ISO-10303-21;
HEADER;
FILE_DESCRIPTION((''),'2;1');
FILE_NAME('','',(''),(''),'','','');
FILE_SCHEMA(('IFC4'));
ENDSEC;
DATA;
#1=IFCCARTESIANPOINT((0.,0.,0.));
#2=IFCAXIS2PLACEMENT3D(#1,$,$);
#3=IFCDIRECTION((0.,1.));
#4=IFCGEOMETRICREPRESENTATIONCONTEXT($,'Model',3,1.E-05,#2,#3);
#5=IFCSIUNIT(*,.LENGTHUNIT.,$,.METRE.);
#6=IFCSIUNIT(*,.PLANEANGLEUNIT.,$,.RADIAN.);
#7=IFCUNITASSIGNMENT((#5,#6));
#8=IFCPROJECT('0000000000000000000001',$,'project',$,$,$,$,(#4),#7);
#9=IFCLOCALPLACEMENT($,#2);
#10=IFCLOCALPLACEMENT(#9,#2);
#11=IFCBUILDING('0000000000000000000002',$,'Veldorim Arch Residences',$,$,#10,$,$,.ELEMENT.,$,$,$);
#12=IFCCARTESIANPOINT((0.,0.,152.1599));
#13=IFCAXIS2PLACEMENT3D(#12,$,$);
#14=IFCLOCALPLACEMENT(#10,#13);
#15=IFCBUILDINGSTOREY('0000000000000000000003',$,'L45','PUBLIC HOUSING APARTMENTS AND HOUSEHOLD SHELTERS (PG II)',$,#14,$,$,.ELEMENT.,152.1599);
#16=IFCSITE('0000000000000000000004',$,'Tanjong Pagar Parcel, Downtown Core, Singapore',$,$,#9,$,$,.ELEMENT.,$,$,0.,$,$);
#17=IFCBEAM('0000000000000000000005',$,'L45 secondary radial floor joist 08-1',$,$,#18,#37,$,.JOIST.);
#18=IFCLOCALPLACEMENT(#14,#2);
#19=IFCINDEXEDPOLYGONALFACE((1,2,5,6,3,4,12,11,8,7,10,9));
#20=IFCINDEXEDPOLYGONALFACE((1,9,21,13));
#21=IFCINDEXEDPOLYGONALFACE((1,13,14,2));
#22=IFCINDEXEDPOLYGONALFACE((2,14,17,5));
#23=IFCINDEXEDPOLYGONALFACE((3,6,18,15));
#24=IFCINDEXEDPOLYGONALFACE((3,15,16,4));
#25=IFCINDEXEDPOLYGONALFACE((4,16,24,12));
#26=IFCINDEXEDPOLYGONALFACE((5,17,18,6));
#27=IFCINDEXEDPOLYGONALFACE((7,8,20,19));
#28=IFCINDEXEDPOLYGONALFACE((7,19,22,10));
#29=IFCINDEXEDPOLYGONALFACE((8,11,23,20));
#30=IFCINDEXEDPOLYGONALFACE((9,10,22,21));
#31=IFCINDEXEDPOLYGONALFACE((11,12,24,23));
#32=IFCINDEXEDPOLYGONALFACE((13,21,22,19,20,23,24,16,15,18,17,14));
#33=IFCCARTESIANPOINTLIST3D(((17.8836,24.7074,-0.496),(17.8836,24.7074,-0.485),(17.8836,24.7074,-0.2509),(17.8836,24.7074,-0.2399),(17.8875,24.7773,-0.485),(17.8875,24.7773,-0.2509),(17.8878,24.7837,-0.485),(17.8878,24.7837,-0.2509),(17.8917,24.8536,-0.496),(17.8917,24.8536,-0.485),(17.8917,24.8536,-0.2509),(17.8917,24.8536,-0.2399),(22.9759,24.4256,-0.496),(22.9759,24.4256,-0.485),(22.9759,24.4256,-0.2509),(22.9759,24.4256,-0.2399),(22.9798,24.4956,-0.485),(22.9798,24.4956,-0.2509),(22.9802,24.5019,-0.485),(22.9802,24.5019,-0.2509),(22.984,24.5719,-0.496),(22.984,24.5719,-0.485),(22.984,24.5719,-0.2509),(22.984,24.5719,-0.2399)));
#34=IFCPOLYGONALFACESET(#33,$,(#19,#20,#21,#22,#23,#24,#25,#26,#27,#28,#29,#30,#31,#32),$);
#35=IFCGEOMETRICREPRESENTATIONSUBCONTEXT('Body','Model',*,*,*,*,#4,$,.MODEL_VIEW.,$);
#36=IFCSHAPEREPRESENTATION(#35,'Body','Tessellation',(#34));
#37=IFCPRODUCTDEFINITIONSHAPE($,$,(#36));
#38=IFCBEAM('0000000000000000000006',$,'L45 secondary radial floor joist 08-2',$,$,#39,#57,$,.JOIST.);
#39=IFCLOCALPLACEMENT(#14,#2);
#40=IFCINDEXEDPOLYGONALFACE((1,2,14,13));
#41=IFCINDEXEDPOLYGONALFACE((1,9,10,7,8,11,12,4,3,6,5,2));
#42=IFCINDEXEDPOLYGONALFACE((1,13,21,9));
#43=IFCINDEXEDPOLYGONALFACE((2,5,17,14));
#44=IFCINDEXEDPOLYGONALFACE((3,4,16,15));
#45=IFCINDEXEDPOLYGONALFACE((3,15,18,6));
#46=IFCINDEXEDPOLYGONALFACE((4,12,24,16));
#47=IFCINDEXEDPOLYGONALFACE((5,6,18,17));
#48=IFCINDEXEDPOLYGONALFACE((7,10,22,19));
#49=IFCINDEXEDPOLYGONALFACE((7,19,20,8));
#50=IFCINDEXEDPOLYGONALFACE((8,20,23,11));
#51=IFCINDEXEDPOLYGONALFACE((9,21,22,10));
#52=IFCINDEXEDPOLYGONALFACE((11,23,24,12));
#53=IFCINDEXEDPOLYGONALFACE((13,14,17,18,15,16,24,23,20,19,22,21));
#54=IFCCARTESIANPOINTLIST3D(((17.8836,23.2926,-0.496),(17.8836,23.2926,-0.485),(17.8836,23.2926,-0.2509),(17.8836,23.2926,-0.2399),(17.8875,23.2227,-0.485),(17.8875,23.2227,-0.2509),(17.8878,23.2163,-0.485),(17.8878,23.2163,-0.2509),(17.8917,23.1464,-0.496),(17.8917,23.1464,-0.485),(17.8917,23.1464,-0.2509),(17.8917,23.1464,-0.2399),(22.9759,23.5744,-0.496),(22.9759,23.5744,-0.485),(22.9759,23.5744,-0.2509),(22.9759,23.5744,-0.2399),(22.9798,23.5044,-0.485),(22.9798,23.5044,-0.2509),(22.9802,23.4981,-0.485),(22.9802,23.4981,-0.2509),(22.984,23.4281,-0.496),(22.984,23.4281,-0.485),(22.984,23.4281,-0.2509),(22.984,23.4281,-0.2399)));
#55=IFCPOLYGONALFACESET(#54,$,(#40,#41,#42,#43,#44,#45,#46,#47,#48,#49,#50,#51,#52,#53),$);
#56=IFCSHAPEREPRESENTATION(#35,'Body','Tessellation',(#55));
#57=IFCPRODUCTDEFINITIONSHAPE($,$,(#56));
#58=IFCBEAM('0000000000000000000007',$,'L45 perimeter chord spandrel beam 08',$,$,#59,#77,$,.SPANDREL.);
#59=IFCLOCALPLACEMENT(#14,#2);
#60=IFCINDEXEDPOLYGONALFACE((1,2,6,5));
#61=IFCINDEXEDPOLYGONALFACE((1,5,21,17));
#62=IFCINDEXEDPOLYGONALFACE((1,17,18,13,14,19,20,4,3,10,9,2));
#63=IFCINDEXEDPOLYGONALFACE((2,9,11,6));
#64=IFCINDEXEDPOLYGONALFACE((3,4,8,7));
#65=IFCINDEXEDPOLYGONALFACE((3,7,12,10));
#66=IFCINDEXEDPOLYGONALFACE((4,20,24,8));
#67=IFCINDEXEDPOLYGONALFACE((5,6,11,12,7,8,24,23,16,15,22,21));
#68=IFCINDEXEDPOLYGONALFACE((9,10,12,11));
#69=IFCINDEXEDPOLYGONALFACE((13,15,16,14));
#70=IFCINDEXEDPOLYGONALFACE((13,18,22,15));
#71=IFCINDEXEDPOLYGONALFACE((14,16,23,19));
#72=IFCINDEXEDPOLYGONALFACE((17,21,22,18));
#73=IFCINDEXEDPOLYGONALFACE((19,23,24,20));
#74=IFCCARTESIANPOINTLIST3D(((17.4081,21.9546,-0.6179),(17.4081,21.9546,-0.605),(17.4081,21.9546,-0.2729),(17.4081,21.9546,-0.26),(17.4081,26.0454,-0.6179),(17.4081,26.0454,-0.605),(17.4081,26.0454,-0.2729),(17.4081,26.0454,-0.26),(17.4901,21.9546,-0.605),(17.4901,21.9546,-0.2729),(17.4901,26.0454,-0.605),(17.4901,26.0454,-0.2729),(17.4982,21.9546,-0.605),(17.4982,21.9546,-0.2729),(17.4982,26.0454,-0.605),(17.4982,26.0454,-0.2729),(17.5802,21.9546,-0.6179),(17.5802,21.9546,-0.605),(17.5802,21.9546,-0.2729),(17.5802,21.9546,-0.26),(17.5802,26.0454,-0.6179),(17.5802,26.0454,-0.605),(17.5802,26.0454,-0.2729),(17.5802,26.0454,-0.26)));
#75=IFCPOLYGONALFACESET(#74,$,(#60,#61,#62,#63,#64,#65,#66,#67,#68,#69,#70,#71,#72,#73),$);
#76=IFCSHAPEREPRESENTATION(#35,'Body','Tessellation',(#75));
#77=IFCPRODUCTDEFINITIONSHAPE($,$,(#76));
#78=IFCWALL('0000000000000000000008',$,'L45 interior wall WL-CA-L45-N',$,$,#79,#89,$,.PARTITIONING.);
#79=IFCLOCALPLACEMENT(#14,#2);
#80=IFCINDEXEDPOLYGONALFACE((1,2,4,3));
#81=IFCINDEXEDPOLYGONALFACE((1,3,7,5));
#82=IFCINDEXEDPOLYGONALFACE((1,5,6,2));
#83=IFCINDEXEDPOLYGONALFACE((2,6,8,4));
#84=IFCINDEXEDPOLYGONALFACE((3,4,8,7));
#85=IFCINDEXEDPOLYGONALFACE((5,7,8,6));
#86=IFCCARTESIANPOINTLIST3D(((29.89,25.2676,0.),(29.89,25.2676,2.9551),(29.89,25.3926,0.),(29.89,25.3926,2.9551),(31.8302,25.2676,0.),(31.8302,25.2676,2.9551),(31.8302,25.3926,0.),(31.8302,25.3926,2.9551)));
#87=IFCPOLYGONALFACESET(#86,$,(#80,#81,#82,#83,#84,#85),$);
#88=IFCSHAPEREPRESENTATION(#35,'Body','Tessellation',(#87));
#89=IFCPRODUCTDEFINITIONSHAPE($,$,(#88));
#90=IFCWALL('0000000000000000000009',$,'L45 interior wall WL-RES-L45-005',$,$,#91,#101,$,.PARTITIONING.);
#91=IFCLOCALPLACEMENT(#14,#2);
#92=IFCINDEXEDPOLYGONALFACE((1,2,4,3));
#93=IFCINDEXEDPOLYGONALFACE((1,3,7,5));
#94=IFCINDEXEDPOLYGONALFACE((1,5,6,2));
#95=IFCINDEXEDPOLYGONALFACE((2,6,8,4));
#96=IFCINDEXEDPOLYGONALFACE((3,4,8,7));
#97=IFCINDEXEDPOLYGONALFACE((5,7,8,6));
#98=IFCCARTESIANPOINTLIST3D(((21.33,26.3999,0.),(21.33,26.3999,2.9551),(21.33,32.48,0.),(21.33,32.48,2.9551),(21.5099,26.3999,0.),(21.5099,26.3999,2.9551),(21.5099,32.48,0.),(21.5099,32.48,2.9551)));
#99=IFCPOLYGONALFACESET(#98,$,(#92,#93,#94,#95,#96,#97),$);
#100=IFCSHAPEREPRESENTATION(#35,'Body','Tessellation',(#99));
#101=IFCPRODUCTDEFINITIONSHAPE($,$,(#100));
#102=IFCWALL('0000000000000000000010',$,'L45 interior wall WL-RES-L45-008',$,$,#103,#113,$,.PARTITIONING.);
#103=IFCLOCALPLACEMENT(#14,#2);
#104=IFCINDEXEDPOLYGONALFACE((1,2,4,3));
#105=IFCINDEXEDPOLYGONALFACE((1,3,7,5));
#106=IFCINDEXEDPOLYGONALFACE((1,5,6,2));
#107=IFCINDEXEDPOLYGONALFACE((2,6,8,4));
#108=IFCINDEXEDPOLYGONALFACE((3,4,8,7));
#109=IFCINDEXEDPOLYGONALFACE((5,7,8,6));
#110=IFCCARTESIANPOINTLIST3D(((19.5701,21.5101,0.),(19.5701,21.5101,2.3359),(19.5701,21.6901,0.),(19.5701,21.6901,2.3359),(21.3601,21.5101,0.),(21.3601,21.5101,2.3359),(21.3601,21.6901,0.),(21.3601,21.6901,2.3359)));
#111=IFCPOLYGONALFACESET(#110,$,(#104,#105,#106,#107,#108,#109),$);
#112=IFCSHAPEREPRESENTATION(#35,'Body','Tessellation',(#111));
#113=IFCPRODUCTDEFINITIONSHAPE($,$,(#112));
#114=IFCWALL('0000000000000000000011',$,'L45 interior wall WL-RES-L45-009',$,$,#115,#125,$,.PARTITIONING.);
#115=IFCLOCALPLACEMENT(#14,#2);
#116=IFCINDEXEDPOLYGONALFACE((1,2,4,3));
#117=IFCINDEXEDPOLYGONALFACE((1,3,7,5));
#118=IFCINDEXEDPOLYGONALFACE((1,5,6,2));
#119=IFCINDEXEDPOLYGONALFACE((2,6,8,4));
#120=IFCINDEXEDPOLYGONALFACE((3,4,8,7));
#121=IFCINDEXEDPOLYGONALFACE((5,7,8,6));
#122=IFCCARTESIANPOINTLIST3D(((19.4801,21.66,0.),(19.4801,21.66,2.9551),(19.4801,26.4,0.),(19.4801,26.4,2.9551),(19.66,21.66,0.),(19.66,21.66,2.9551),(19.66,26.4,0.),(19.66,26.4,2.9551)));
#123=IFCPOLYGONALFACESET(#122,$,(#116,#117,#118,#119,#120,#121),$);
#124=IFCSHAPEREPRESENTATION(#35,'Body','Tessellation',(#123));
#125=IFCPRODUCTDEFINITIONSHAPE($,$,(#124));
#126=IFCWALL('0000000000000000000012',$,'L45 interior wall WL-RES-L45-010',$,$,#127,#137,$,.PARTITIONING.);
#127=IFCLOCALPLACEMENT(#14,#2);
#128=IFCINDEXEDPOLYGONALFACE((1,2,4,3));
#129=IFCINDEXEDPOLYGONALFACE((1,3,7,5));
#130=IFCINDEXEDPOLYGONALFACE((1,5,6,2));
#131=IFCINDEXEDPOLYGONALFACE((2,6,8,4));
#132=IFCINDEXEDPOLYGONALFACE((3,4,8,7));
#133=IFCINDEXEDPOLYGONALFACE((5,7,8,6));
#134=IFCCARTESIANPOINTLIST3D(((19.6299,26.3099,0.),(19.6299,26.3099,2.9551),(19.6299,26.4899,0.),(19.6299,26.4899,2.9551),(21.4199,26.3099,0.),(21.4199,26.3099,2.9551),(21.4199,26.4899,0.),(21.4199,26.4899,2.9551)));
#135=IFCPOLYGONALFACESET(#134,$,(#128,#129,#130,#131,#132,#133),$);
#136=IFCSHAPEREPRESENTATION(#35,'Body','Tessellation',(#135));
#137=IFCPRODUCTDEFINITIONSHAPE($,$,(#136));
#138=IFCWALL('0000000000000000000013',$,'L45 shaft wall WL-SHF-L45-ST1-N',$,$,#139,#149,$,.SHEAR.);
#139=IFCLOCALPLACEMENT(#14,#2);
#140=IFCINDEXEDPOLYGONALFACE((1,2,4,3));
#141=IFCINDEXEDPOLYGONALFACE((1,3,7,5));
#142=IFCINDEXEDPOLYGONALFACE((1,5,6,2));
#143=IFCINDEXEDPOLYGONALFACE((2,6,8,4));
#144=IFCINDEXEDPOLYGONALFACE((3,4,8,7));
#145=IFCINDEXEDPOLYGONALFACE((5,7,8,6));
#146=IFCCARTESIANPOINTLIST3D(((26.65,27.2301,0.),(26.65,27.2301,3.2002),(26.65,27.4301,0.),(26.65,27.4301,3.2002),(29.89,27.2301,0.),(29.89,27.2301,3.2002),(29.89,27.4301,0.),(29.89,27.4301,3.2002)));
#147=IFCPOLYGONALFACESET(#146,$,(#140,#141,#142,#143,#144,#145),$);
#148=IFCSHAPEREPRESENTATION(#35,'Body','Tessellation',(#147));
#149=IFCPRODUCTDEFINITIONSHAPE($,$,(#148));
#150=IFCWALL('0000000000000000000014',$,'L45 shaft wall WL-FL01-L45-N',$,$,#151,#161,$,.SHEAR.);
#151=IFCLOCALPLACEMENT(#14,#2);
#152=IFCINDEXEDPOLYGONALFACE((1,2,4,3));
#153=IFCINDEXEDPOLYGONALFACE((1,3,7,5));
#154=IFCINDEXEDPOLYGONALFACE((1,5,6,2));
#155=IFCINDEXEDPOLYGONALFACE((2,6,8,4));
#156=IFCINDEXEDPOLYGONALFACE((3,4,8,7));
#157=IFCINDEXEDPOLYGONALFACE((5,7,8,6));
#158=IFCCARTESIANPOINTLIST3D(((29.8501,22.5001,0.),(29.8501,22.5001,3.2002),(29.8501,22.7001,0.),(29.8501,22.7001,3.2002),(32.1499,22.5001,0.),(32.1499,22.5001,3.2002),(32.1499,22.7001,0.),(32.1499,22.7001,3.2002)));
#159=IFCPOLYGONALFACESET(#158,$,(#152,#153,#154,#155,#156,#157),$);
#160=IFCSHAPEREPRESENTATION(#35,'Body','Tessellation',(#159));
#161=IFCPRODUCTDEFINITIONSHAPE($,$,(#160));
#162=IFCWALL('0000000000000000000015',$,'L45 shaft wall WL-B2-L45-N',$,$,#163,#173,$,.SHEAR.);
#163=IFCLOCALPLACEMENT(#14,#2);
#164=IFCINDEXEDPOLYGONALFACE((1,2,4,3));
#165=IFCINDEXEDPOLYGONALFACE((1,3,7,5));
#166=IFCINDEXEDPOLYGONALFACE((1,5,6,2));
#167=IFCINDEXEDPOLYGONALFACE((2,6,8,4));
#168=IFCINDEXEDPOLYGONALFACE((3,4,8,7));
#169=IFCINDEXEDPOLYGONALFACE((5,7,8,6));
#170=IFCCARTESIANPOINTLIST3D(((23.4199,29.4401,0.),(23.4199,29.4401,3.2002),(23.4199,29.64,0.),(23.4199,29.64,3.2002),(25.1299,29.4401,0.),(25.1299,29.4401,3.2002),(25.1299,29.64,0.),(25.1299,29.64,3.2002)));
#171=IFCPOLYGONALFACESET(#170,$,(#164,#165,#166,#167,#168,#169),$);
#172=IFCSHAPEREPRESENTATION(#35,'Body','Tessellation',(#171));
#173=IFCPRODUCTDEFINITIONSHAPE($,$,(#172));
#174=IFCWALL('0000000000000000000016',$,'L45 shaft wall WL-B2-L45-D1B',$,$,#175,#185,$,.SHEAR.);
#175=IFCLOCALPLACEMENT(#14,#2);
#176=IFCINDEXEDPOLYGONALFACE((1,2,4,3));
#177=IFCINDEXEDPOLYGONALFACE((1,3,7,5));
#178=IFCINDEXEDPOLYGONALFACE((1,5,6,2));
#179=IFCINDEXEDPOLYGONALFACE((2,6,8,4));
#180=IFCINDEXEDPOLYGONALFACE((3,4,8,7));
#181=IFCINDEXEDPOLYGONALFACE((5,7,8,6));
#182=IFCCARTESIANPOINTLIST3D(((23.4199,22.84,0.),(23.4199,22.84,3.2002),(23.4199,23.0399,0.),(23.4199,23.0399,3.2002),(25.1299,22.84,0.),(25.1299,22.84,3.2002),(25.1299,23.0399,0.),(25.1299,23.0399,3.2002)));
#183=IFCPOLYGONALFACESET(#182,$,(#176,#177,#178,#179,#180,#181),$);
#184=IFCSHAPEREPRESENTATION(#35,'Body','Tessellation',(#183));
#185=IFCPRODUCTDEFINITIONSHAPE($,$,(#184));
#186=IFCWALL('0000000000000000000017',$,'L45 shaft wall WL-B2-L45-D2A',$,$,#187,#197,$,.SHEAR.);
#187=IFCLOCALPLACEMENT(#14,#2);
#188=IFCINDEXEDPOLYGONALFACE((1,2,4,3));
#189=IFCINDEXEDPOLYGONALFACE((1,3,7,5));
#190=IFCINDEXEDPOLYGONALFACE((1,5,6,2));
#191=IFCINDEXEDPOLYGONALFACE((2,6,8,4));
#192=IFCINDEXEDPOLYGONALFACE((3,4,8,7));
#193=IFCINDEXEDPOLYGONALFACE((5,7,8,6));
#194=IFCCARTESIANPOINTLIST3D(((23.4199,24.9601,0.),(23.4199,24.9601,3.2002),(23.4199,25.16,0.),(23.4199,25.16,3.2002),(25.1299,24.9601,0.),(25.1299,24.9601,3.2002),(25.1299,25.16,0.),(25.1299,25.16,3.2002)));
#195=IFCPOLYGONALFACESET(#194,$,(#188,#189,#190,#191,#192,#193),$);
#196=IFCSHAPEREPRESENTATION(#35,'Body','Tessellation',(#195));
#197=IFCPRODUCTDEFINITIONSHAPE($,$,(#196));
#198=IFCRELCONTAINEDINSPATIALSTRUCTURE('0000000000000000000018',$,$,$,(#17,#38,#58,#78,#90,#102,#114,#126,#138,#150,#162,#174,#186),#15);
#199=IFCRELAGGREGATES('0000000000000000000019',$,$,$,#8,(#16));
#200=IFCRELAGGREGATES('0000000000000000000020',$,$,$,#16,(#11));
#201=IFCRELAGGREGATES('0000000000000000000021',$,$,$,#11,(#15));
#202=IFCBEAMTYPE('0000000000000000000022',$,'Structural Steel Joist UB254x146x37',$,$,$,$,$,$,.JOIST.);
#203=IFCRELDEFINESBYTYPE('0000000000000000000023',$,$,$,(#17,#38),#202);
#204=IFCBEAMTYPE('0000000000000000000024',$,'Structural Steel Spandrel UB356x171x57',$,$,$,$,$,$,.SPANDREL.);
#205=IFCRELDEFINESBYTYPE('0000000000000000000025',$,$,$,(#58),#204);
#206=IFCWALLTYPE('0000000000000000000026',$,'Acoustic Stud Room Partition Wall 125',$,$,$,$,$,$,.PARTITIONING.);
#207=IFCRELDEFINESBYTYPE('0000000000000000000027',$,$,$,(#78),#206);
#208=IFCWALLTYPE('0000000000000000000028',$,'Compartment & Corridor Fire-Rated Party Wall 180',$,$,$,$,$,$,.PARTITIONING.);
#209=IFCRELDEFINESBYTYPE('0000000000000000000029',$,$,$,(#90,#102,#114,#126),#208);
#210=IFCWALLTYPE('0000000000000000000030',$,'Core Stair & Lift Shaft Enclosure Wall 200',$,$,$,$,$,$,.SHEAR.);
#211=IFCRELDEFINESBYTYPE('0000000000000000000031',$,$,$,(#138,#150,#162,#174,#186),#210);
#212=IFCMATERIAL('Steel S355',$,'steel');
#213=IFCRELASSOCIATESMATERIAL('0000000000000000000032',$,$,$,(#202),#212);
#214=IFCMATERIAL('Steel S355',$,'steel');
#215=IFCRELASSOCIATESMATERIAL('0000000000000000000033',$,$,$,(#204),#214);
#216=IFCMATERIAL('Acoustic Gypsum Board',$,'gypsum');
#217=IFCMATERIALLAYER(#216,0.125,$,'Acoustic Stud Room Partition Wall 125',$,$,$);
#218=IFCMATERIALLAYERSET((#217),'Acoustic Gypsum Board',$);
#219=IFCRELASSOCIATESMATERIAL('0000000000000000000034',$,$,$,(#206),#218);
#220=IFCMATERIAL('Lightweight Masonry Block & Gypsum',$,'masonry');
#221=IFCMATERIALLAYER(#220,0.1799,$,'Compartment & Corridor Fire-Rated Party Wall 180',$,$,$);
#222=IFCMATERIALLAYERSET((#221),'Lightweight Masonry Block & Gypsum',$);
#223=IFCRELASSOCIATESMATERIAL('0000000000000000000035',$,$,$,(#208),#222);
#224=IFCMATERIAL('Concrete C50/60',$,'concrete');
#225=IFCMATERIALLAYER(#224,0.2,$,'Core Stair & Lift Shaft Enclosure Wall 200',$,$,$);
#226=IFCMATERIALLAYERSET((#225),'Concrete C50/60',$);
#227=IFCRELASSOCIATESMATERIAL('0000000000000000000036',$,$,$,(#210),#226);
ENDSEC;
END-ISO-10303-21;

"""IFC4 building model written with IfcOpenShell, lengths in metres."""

from ifc_helpers import new_model, si_unit, direction, frame, frame_2d, origin, origin_2d, place, context, subcontext, project, spatial, rectangle, i_section, extrude, material, layer, layer_set, material_profile, profile_set, type_object, element, save


model = new_model("IFC4")

# Units and contexts
model_context = context("Model", 3, precision=1e-05, world=origin(), true_north=direction((0.0, 1.0)))
body_context = subcontext(model_context, "Body", "Model", "MODEL_VIEW")
ifc_project = project(units=[si_unit("LENGTHUNIT", "METRE"), si_unit("PLANEANGLEUNIT", "RADIAN")], contexts=[model_context])

# Site, building, storey
site_placement = place(None, origin())
site = spatial("IfcSite", under=ifc_project, at=site_placement, Name="Tanjong Pagar Parcel, Downtown Core, Singapore", CompositionType="ELEMENT", RefElevation=0.0)
building_placement = place(site_placement, origin())
building = spatial("IfcBuilding", under=site, at=building_placement, Name="Veldorim Arch Residences", CompositionType="ELEMENT")
storey_placement = place(building_placement, frame((0.0, 0.0, 152.1599)))
storey = spatial("IfcBuildingStorey", under=building, at=storey_placement, Name="L45", Description="PUBLIC HOUSING APARTMENTS AND HOUSEHOLD SHELTERS (PG II)", CompositionType="ELEMENT", Elevation=152.1599)

# Beams
ifc_material_1 = material(Name="Steel S355", Category="steel")
ifc_material_profile_1 = material_profile(ifc_material_1, i_section(OverallWidth=0.1465, OverallDepth=0.2561, WebThickness=0.0063, FlangeThickness=0.011, at=origin_2d()), Name="UB254x146x37")
ifc_profile_set_1 = profile_set([ifc_material_profile_1], Name="Steel S355")
beam_type_1 = type_object("IfcBeamType", Name="Structural Steel Joist UB254x146x37", PredefinedType="JOIST", material=ifc_profile_set_1)
for number, where, z_axis, x_axis, name in (
    (1, (22.98, 24.4988, -0.3679), (-0.998473, 0.055242, 0.0), (-0.055242, -0.998473, 0.0), "L45 secondary radial floor joist 08-1"),
    (2, (22.98, 23.5012, -0.3679), (-0.998473, -0.055242, 0.0), (0.055242, -0.998473, 0.0), "L45 secondary radial floor joist 08-2"),
):
    element("IfcBeam", number, at=place(storey_placement, frame(where, z_axis=z_axis, x_axis=x_axis)), inside=storey, type_object=beam_type_1, Name=name, PredefinedType="JOIST", context=body_context, shape_type="SweptSolid", body=[
        extrude(i_section(OverallWidth=0.1465, OverallDepth=0.2561, WebThickness=0.0063, FlangeThickness=0.011, at=origin_2d()), origin(), (0.0, 0.0, 1.0), 5.1001),
    ])
ifc_material_2 = material(Name="Steel S355", Category="steel")
ifc_material_profile_2 = material_profile(ifc_material_2, i_section(OverallWidth=0.1721, OverallDepth=0.3579, WebThickness=0.0081, FlangeThickness=0.0129, at=origin_2d()), Name="UB356x171x57")
ifc_profile_set_2 = profile_set([ifc_material_profile_2], Name="Steel S355")
beam_type_2 = type_object("IfcBeamType", Name="Structural Steel Spandrel UB356x171x57", PredefinedType="SPANDREL", material=ifc_profile_set_2)
beam_1_placement = place(storey_placement, frame((17.4941, 26.0454, -0.439), z_axis=(0.0, -1.0, 0.0), x_axis=(1.0, 0.0, 0.0)))
element("IfcBeam", 3, at=beam_1_placement, inside=storey, type_object=beam_type_2, Name="L45 perimeter chord spandrel beam 08", PredefinedType="SPANDREL", context=body_context, shape_type="SweptSolid", body=[
    extrude(i_section(OverallWidth=0.1721, OverallDepth=0.3579, WebThickness=0.0081, FlangeThickness=0.0129, at=origin_2d()), origin(), (0.0, 0.0, 1.0), 4.0908),
])

# Walls
ifc_material_3 = material(Name="Acoustic Gypsum Board", Category="gypsum")
ifc_layer_1 = layer(ifc_material_3, 0.125, Name="Acoustic Stud Room Partition Wall 125")
ifc_layer_set_1 = layer_set([ifc_layer_1], Name="Acoustic Gypsum Board")
wall_type_1 = type_object("IfcWallType", Name="Acoustic Stud Room Partition Wall 125", PredefinedType="PARTITIONING", material=ifc_layer_set_1)
wall_1_placement = place(storey_placement, frame((29.8899, 25.3301, 0.0), z_axis=(0.0, 0.0, 1.0), x_axis=(1.0, 0.0, 0.0)))
element("IfcWall", 4, at=wall_1_placement, inside=storey, type_object=wall_type_1, Name="L45 interior wall WL-CA-L45-N", PredefinedType="PARTITIONING", context=body_context, shape_type="SweptSolid", body=[
    extrude(rectangle(XDim=1.9402, YDim=0.125, at=frame_2d((0.9702, 0.0))), origin(), (0.0, 0.0, 1.0), 2.9551),
])
ifc_material_4 = material(Name="Lightweight Masonry Block & Gypsum", Category="masonry")
ifc_layer_2 = layer(ifc_material_4, 0.1799, Name="Compartment & Corridor Fire-Rated Party Wall 180")
ifc_layer_set_2 = layer_set([ifc_layer_2], Name="Lightweight Masonry Block & Gypsum")
wall_type_2 = type_object("IfcWallType", Name="Compartment & Corridor Fire-Rated Party Wall 180", PredefinedType="PARTITIONING", material=ifc_layer_set_2)
wall_2_placement = place(storey_placement, frame((21.4199, 26.3999, 0.0), z_axis=(0.0, 0.0, 1.0), x_axis=(0.0, 1.0, 0.0)))
element("IfcWall", 5, at=wall_2_placement, inside=storey, type_object=wall_type_2, Name="L45 interior wall WL-RES-L45-005", PredefinedType="PARTITIONING", context=body_context, shape_type="SweptSolid", body=[
    extrude(rectangle(XDim=6.0801, YDim=0.1799, at=frame_2d((3.04, 0.0))), origin(), (0.0, 0.0, 1.0), 2.9551),
])
wall_3_placement = place(storey_placement, frame((21.3601, 21.6001, 0.0), z_axis=(0.0, 0.0, 1.0), x_axis=(-1.0, 0.0, 0.0)))
element("IfcWall", 6, at=wall_3_placement, inside=storey, type_object=wall_type_2, Name="L45 interior wall WL-RES-L45-008", PredefinedType="PARTITIONING", context=body_context, shape_type="SweptSolid", body=[
    extrude(rectangle(XDim=1.79, YDim=0.1799, at=frame_2d((0.895, 0.0))), origin(), (0.0, 0.0, 1.0), 2.3359),
])
wall_4_placement = place(storey_placement, frame((19.5701, 21.6599, 0.0), z_axis=(0.0, 0.0, 1.0), x_axis=(0.0, 1.0, 0.0)))
element("IfcWall", 7, at=wall_4_placement, inside=storey, type_object=wall_type_2, Name="L45 interior wall WL-RES-L45-009", PredefinedType="PARTITIONING", context=body_context, shape_type="SweptSolid", body=[
    extrude(rectangle(XDim=4.74, YDim=0.1799, at=frame_2d((2.3701, 0.0))), origin(), (0.0, 0.0, 1.0), 2.9551),
])
wall_5_placement = place(storey_placement, frame((19.6299, 26.3999, 0.0), z_axis=(0.0, 0.0, 1.0), x_axis=(1.0, 0.0, 0.0)))
element("IfcWall", 8, at=wall_5_placement, inside=storey, type_object=wall_type_2, Name="L45 interior wall WL-RES-L45-010", PredefinedType="PARTITIONING", context=body_context, shape_type="SweptSolid", body=[
    extrude(rectangle(XDim=1.79, YDim=0.1799, at=frame_2d((0.895, 0.0))), origin(), (0.0, 0.0, 1.0), 2.9551),
])
ifc_material_5 = material(Name="Concrete C50/60", Category="concrete")
ifc_layer_3 = layer(ifc_material_5, 0.2, Name="Core Stair & Lift Shaft Enclosure Wall 200")
ifc_layer_set_3 = layer_set([ifc_layer_3], Name="Concrete C50/60")
wall_type_3 = type_object("IfcWallType", Name="Core Stair & Lift Shaft Enclosure Wall 200", PredefinedType="SHEAR", material=ifc_layer_set_3)
wall_6_placement = place(storey_placement, frame((26.6499, 27.3301, 0.0), z_axis=(0.0, 0.0, 1.0), x_axis=(1.0, 0.0, 0.0)))
element("IfcWall", 9, at=wall_6_placement, inside=storey, type_object=wall_type_3, Name="L45 shaft wall WL-SHF-L45-ST1-N", PredefinedType="SHEAR", context=body_context, shape_type="SweptSolid", body=[
    extrude(rectangle(XDim=3.24, YDim=0.2, at=frame_2d((1.6201, 0.0))), origin(), (0.0, 0.0, 1.0), 3.2002),
])
wall_7_placement = place(storey_placement, frame((29.8501, 22.6001, 0.0), z_axis=(0.0, 0.0, 1.0), x_axis=(1.0, 0.0, 0.0)))
element("IfcWall", 10, at=wall_7_placement, inside=storey, type_object=wall_type_3, Name="L45 shaft wall WL-FL01-L45-N", PredefinedType="SHEAR", context=body_context, shape_type="SweptSolid", body=[
    extrude(rectangle(XDim=2.2998, YDim=0.2, at=frame_2d((1.1499, 0.0))), origin(), (0.0, 0.0, 1.0), 3.2002),
])
for number, where, z_axis, x_axis, name in (
    (11, (23.4199, 29.54, 0.0), (0.0, 0.0, 1.0), (1.0, 0.0, 0.0), "L45 shaft wall WL-B2-L45-N"),
    (12, (23.4199, 22.9399, 0.0), (0.0, 0.0, 1.0), (1.0, 0.0, 0.0), "L45 shaft wall WL-B2-L45-D1B"),
    (13, (23.4199, 25.0601, 0.0), (0.0, 0.0, 1.0), (1.0, 0.0, 0.0), "L45 shaft wall WL-B2-L45-D2A"),
):
    element("IfcWall", number, at=place(storey_placement, frame(where, z_axis=z_axis, x_axis=x_axis)), inside=storey, type_object=wall_type_3, Name=name, PredefinedType="SHEAR", context=body_context, shape_type="SweptSolid", body=[
        extrude(rectangle(XDim=1.71, YDim=0.2, at=frame_2d((0.855, 0.0))), origin(), (0.0, 0.0, 1.0), 3.2002),
    ])

save(model, "model.ifc")
